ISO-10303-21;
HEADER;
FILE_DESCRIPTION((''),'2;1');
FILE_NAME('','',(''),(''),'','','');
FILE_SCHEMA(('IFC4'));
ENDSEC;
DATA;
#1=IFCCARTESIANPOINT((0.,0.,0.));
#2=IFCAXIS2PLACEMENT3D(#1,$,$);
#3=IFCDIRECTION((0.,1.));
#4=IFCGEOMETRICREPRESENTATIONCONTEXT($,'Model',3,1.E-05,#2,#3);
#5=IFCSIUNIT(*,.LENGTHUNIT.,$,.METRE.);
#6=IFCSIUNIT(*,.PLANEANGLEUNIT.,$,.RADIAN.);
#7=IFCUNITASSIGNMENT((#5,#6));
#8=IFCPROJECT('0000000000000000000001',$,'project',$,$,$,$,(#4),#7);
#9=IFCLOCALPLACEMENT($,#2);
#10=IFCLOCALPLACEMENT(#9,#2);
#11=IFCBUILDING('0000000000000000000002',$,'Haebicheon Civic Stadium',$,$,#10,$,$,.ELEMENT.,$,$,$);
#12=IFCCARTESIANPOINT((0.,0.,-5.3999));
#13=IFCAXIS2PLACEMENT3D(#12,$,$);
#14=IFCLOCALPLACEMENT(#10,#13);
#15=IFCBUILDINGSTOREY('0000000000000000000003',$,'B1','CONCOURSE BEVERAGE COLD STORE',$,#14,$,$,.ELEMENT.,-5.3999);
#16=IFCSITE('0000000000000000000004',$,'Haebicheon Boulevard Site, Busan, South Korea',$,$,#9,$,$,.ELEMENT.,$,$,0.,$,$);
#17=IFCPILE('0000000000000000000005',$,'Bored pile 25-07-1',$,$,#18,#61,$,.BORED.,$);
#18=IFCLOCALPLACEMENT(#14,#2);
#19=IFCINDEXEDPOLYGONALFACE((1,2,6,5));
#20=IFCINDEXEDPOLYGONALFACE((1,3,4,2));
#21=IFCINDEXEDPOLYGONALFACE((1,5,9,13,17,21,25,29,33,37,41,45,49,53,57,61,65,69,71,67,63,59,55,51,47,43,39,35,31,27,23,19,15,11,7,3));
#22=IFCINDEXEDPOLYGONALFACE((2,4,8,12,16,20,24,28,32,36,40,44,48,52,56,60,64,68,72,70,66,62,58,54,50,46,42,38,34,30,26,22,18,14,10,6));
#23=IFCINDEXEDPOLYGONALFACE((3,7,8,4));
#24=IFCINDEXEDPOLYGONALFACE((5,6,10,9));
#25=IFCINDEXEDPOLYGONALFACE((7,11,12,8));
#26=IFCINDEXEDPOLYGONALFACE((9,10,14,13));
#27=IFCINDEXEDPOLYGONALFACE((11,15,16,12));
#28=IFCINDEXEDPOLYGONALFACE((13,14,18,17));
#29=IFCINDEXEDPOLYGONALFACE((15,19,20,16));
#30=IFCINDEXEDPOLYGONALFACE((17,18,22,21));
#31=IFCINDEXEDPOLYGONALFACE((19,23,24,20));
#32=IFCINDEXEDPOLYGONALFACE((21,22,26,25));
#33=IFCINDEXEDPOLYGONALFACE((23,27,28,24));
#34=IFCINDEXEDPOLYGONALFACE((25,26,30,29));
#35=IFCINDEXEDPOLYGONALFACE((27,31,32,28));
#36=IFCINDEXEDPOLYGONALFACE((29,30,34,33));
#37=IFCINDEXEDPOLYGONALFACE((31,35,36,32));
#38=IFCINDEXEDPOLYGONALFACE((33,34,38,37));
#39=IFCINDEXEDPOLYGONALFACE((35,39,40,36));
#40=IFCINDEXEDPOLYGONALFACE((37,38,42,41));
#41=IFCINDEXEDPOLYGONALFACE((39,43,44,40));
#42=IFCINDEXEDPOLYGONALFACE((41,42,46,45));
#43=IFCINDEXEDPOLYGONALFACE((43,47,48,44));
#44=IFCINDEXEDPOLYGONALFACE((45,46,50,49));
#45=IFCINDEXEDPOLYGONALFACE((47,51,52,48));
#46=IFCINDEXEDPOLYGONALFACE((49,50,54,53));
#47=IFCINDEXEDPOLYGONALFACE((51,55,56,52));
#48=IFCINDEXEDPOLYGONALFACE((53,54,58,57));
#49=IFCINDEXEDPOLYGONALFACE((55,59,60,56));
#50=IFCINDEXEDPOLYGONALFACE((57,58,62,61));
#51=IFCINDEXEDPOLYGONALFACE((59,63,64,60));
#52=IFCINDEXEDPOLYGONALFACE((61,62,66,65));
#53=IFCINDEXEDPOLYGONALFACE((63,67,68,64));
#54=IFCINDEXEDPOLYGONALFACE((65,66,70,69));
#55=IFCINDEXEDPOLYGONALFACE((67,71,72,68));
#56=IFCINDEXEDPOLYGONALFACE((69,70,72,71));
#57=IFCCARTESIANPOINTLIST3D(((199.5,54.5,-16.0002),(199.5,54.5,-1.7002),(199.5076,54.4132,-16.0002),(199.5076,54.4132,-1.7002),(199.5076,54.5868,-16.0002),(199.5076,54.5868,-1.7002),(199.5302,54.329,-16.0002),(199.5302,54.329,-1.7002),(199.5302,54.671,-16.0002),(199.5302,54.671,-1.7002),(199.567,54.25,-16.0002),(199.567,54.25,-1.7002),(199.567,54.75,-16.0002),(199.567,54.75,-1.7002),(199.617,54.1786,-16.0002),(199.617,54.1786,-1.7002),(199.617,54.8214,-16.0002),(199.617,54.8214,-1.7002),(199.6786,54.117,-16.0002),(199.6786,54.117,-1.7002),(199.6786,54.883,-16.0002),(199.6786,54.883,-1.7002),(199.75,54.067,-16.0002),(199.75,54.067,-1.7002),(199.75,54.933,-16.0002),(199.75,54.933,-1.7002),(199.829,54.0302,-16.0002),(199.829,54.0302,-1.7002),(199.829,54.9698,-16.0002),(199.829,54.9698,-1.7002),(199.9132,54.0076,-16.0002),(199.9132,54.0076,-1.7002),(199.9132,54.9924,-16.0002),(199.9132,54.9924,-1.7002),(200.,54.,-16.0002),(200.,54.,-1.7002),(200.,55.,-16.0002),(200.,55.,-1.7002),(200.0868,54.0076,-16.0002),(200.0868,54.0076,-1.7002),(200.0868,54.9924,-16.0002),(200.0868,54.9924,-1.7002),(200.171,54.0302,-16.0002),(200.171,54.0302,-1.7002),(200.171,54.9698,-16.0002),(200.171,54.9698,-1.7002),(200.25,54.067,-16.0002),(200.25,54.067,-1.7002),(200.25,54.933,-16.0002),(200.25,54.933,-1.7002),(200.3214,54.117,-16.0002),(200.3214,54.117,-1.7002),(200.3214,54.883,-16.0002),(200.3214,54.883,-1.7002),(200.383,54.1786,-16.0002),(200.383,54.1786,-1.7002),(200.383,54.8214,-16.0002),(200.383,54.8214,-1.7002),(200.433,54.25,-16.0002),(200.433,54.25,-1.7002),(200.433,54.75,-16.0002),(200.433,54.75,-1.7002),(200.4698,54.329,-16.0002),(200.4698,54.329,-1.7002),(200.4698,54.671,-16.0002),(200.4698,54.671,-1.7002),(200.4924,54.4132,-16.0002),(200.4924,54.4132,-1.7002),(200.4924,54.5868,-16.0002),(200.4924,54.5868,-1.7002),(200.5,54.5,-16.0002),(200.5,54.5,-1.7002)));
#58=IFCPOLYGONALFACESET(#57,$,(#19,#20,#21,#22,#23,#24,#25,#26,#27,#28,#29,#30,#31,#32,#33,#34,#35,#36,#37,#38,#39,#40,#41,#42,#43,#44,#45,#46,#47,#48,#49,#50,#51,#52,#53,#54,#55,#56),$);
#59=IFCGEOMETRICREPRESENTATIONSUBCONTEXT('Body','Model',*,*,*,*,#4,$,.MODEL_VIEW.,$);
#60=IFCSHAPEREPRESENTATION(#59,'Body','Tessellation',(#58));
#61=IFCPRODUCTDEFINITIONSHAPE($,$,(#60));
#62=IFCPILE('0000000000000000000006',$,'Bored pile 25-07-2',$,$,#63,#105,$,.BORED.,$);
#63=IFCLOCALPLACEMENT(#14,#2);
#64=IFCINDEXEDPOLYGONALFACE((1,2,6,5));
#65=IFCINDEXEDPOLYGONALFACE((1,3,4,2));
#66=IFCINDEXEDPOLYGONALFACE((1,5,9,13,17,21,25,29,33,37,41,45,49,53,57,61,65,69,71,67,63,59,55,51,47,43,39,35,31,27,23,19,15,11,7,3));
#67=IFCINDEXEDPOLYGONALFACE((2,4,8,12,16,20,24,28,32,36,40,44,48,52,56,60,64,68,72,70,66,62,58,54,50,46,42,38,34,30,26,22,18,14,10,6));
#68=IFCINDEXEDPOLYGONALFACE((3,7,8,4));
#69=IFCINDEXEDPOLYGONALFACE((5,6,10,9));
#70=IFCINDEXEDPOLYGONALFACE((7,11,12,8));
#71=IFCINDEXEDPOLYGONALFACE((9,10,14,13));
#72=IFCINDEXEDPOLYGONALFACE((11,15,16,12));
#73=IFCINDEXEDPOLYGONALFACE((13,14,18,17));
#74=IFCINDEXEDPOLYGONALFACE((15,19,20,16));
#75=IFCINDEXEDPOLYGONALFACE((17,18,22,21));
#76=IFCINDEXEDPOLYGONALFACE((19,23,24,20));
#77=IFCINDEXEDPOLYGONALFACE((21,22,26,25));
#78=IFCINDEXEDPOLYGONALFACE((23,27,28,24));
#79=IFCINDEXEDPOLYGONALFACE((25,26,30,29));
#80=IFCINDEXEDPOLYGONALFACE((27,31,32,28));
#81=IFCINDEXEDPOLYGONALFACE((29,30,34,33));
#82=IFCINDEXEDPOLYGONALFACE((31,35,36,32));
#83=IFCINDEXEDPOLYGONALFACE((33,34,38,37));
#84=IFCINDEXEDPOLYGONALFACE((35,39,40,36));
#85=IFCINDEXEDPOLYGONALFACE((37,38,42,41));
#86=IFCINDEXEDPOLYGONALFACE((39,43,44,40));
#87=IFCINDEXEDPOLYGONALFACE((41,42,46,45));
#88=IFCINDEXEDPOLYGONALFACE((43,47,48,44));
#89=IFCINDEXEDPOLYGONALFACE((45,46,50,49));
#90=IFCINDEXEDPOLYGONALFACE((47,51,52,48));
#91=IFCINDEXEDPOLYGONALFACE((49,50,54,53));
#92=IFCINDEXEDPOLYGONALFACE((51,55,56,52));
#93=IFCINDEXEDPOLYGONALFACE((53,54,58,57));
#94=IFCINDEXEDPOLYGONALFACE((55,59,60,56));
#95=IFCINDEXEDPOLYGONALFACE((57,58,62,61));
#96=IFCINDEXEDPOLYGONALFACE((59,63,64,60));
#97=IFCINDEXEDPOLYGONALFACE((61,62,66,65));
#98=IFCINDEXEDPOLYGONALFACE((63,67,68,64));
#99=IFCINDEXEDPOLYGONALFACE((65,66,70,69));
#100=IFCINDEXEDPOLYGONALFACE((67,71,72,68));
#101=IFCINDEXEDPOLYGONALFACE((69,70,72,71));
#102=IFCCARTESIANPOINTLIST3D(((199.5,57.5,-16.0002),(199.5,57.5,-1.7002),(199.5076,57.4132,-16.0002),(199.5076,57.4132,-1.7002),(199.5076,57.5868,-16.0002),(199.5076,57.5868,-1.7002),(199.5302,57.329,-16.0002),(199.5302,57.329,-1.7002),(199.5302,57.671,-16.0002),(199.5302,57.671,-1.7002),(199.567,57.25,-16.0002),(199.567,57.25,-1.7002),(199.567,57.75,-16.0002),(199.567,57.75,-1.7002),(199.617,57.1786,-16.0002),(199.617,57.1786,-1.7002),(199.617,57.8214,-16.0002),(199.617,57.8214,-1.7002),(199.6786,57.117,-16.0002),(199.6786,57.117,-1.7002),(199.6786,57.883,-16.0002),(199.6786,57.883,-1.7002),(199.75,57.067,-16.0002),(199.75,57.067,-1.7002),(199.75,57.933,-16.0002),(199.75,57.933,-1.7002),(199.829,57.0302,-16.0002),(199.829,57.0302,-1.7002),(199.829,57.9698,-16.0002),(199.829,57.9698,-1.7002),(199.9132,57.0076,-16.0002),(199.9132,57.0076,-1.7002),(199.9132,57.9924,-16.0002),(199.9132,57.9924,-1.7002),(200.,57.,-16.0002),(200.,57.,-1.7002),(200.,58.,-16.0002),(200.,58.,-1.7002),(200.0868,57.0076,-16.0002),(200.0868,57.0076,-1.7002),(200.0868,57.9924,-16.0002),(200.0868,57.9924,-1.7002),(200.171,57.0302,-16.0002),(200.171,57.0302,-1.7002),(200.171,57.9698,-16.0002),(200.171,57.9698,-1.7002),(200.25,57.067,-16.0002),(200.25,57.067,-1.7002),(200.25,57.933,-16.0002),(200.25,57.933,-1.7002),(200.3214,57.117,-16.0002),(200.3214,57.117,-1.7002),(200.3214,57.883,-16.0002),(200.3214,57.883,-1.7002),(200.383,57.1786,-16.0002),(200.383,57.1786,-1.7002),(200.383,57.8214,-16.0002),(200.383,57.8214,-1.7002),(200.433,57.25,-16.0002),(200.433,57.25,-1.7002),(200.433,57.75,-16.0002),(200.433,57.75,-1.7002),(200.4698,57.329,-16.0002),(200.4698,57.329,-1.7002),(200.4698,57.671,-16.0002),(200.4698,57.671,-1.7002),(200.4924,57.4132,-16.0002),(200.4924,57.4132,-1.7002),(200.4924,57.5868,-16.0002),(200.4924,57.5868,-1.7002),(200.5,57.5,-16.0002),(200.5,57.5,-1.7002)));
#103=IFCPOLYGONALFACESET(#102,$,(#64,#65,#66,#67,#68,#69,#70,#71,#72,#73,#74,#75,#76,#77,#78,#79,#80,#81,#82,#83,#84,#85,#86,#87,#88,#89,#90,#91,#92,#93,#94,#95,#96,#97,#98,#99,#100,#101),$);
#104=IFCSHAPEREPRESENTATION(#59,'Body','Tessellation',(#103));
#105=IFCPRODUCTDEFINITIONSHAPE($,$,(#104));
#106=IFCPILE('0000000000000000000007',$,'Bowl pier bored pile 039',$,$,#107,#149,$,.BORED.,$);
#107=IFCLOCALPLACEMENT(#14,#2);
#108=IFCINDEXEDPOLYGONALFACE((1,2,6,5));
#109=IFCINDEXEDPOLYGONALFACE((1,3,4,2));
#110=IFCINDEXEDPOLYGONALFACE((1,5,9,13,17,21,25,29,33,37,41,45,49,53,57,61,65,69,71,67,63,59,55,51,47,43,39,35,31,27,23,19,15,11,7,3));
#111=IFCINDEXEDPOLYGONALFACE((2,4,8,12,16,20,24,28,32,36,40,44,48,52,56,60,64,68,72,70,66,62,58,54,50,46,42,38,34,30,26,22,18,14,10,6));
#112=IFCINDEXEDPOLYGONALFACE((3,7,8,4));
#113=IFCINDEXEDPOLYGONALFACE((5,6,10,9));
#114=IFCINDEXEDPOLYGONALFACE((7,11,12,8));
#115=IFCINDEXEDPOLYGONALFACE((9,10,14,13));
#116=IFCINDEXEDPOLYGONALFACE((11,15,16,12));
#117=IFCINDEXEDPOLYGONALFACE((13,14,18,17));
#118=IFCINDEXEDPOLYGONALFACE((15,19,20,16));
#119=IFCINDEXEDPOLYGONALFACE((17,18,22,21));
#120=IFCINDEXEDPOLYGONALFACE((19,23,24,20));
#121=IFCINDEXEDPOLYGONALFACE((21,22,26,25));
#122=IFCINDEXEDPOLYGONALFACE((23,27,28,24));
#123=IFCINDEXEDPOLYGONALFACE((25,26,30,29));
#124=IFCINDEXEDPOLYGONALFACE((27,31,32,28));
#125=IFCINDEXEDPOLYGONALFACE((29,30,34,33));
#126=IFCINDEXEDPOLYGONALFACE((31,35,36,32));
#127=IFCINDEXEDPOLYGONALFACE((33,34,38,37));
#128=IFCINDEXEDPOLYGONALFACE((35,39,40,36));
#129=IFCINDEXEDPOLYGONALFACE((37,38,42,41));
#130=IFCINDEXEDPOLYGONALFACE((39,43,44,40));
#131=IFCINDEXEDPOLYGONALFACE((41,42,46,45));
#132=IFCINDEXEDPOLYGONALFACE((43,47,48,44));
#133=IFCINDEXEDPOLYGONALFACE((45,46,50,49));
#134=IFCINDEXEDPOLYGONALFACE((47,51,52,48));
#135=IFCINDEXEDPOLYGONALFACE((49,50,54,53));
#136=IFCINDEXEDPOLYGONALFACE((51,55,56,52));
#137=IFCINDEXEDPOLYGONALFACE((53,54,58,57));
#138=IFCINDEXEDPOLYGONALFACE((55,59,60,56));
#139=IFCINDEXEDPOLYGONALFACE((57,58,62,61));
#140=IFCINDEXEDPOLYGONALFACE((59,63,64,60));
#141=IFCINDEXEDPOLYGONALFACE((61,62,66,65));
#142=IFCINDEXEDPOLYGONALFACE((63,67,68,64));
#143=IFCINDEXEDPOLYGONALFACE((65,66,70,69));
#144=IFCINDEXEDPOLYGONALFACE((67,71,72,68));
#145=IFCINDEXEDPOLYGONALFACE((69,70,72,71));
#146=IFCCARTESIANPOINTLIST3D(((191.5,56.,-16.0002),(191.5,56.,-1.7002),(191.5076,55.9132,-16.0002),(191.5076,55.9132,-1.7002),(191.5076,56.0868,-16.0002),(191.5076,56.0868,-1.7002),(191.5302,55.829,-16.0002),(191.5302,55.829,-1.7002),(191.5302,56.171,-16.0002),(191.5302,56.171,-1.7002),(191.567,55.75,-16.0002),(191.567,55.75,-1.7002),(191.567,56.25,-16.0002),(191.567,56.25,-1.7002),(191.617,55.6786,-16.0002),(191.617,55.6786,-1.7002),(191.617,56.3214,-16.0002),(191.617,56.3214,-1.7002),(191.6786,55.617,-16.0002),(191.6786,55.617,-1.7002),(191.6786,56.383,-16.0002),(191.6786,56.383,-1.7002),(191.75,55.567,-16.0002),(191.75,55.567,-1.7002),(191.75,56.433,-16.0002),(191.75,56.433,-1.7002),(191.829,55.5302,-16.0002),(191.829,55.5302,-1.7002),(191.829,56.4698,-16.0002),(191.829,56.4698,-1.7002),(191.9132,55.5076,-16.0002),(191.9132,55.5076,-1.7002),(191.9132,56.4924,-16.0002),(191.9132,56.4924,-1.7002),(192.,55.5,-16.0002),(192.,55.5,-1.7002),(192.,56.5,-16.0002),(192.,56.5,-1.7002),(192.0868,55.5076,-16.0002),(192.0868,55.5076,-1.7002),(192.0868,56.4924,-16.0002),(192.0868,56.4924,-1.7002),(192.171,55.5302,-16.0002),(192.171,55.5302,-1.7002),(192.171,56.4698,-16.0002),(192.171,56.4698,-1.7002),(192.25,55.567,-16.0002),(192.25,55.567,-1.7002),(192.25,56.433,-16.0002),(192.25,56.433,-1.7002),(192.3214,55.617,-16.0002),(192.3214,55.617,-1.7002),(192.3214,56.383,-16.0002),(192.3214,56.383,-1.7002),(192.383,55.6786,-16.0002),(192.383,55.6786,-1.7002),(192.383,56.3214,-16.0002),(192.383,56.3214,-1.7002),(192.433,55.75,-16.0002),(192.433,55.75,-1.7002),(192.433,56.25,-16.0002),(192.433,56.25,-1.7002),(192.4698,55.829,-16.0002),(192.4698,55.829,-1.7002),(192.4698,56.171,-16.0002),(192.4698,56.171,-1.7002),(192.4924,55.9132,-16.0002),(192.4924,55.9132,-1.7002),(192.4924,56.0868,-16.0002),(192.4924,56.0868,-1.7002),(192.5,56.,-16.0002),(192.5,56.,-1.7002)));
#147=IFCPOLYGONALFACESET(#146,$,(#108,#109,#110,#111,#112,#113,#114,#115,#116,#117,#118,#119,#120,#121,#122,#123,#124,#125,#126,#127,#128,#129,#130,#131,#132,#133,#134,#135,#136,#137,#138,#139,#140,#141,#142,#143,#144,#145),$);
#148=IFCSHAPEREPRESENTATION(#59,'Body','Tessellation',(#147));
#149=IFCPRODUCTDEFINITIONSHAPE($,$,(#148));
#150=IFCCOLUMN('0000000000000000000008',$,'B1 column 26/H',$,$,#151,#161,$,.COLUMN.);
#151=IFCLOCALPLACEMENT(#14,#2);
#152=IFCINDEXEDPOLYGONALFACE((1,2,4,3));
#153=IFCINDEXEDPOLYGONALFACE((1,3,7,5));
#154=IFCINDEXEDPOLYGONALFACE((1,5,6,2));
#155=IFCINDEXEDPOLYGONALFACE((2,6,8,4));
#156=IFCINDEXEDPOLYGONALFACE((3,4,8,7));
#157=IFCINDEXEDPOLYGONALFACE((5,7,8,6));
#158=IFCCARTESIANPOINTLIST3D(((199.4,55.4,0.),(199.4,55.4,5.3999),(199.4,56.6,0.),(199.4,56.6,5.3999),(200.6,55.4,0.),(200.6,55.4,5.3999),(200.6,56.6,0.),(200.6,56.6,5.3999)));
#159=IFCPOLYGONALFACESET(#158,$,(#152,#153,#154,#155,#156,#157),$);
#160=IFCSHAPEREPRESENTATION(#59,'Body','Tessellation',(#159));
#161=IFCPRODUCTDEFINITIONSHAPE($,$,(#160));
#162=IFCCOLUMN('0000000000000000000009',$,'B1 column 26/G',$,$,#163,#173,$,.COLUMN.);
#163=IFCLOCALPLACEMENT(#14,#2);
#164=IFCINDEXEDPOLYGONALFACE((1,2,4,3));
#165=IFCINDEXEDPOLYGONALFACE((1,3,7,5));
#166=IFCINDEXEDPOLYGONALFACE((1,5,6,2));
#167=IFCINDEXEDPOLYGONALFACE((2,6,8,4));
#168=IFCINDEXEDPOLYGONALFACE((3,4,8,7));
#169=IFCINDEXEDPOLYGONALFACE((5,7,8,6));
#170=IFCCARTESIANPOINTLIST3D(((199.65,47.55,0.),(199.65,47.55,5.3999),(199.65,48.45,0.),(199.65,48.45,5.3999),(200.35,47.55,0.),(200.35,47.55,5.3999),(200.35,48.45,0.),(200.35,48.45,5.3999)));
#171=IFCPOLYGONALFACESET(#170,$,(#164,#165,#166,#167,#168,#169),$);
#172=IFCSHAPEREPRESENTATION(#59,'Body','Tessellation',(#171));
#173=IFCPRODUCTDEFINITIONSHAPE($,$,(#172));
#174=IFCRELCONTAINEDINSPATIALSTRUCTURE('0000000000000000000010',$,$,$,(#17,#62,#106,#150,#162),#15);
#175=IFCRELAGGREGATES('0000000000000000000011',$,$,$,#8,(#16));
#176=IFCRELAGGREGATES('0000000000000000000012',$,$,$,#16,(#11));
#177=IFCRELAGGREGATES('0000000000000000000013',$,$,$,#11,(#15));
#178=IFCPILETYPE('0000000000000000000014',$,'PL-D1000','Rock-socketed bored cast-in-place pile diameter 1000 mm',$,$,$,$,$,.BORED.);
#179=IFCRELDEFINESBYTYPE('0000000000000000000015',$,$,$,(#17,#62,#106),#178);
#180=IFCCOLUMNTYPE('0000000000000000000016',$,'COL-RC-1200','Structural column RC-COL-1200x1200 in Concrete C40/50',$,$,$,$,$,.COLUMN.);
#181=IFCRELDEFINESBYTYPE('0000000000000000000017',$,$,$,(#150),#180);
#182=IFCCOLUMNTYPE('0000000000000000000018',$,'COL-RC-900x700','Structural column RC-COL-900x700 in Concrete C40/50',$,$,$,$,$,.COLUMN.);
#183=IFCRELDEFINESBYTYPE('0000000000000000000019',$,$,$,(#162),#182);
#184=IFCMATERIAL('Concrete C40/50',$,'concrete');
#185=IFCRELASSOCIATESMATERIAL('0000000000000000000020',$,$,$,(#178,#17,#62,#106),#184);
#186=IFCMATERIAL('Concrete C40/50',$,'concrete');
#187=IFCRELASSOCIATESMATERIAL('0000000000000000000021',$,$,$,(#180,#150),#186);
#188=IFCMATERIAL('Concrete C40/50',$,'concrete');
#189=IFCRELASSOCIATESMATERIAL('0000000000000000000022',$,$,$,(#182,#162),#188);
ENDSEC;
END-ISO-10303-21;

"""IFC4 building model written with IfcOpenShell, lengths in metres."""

from ifc_helpers import new_model, si_unit, direction, frame, origin, origin_2d, place, context, subcontext, project, spatial, rectangle, circle, extrude, material, material_profile, profile_set, type_object, element, save


model = new_model("IFC4")

# Units and contexts
model_context = context("Model", 3, precision=1e-05, world=origin(), true_north=direction((0.0, 1.0)))
body_context = subcontext(model_context, "Body", "Model", "MODEL_VIEW")
ifc_project = project(units=[si_unit("LENGTHUNIT", "METRE"), si_unit("PLANEANGLEUNIT", "RADIAN")], contexts=[model_context])

# Site, building, storey
site_placement = place(None, origin())
site = spatial("IfcSite", under=ifc_project, at=site_placement, Name="Haebicheon Boulevard Site, Busan, South Korea", CompositionType="ELEMENT", RefElevation=0.0)
building_placement = place(site_placement, origin())
building = spatial("IfcBuilding", under=site, at=building_placement, Name="Haebicheon Civic Stadium", CompositionType="ELEMENT")
storey_placement = place(building_placement, frame((0.0, 0.0, -5.3999)))
storey = spatial("IfcBuildingStorey", under=building, at=storey_placement, Name="B1", Description="CONCOURSE BEVERAGE COLD STORE", CompositionType="ELEMENT", Elevation=-5.3999)

# Piles
ifc_material_1 = material(Name="Concrete C40/50", Category="concrete")
ifc_material_profile_1 = material_profile(ifc_material_1, circle(Radius=0.5, at=origin_2d()), Name="PILE-D1000")
ifc_profile_set_1 = profile_set([ifc_material_profile_1], Name="Concrete C40/50")
pile_type = type_object("IfcPileType", Name="PL-D1000", Description="Rock-socketed bored cast-in-place pile diameter 1000 mm", PredefinedType="BORED", material=ifc_profile_set_1)
for number, where, z_axis, x_axis, name in (
    (1, (200.0, 54.5, -1.7002), (0.0, 0.0, -1.0), (1.0, 0.0, 0.0), "Bored pile 25-07-1"),
    (2, (200.0, 57.5, -1.7002), (0.0, 0.0, -1.0), (1.0, 0.0, 0.0), "Bored pile 25-07-2"),
    (3, (192.0, 56.0, -1.7002), (0.0, 0.0, -1.0), (1.0, 0.0, 0.0), "Bowl pier bored pile 039"),
):
    element("IfcPile", number, at=place(storey_placement, frame(where, z_axis=z_axis, x_axis=x_axis)), inside=storey, type_object=pile_type, material=ifc_profile_set_1, Name=name, PredefinedType="BORED", context=body_context, shape_type="SweptSolid", body=[
        extrude(circle(Radius=0.5, at=origin_2d()), origin(), (0.0, 0.0, 1.0), 14.3),
    ])

# Columns
ifc_material_2 = material(Name="Concrete C40/50", Category="concrete")
ifc_material_profile_2 = material_profile(ifc_material_2, rectangle(XDim=1.2, YDim=1.2, at=origin_2d()), Name="RC-COL-1200x1200")
ifc_profile_set_2 = profile_set([ifc_material_profile_2], Name="Concrete C40/50")
column_type_1 = type_object("IfcColumnType", Name="COL-RC-1200", Description="Structural column RC-COL-1200x1200 in Concrete C40/50", PredefinedType="COLUMN", material=ifc_profile_set_2)
column_1_placement = place(storey_placement, frame((200.0, 56.0, 0.0), z_axis=(0.0, 0.0, 1.0), x_axis=(1.0, 0.0, 0.0)))
element("IfcColumn", 4, at=column_1_placement, inside=storey, type_object=column_type_1, material=ifc_profile_set_2, Name="B1 column 26/H", PredefinedType="COLUMN", context=body_context, shape_type="SweptSolid", body=[
    extrude(rectangle(XDim=1.2, YDim=1.2, at=origin_2d()), origin(), (0.0, 0.0, 1.0), 5.3999),
])
ifc_material_3 = material(Name="Concrete C40/50", Category="concrete")
ifc_material_profile_3 = material_profile(ifc_material_3, rectangle(XDim=0.7, YDim=0.8999, at=origin_2d()), Name="RC-COL-900x700")
ifc_profile_set_3 = profile_set([ifc_material_profile_3], Name="Concrete C40/50")
column_type_2 = type_object("IfcColumnType", Name="COL-RC-900x700", Description="Structural column RC-COL-900x700 in Concrete C40/50", PredefinedType="COLUMN", material=ifc_profile_set_3)
column_2_placement = place(storey_placement, frame((200.0, 48.0, 0.0), z_axis=(0.0, 0.0, 1.0), x_axis=(1.0, 0.0, 0.0)))
element("IfcColumn", 5, at=column_2_placement, inside=storey, type_object=column_type_2, material=ifc_profile_set_3, Name="B1 column 26/G", PredefinedType="COLUMN", context=body_context, shape_type="SweptSolid", body=[
    extrude(rectangle(XDim=0.7, YDim=0.8999, at=origin_2d()), origin(), (0.0, 0.0, 1.0), 5.3999),
])

save(model, "model.ifc")
